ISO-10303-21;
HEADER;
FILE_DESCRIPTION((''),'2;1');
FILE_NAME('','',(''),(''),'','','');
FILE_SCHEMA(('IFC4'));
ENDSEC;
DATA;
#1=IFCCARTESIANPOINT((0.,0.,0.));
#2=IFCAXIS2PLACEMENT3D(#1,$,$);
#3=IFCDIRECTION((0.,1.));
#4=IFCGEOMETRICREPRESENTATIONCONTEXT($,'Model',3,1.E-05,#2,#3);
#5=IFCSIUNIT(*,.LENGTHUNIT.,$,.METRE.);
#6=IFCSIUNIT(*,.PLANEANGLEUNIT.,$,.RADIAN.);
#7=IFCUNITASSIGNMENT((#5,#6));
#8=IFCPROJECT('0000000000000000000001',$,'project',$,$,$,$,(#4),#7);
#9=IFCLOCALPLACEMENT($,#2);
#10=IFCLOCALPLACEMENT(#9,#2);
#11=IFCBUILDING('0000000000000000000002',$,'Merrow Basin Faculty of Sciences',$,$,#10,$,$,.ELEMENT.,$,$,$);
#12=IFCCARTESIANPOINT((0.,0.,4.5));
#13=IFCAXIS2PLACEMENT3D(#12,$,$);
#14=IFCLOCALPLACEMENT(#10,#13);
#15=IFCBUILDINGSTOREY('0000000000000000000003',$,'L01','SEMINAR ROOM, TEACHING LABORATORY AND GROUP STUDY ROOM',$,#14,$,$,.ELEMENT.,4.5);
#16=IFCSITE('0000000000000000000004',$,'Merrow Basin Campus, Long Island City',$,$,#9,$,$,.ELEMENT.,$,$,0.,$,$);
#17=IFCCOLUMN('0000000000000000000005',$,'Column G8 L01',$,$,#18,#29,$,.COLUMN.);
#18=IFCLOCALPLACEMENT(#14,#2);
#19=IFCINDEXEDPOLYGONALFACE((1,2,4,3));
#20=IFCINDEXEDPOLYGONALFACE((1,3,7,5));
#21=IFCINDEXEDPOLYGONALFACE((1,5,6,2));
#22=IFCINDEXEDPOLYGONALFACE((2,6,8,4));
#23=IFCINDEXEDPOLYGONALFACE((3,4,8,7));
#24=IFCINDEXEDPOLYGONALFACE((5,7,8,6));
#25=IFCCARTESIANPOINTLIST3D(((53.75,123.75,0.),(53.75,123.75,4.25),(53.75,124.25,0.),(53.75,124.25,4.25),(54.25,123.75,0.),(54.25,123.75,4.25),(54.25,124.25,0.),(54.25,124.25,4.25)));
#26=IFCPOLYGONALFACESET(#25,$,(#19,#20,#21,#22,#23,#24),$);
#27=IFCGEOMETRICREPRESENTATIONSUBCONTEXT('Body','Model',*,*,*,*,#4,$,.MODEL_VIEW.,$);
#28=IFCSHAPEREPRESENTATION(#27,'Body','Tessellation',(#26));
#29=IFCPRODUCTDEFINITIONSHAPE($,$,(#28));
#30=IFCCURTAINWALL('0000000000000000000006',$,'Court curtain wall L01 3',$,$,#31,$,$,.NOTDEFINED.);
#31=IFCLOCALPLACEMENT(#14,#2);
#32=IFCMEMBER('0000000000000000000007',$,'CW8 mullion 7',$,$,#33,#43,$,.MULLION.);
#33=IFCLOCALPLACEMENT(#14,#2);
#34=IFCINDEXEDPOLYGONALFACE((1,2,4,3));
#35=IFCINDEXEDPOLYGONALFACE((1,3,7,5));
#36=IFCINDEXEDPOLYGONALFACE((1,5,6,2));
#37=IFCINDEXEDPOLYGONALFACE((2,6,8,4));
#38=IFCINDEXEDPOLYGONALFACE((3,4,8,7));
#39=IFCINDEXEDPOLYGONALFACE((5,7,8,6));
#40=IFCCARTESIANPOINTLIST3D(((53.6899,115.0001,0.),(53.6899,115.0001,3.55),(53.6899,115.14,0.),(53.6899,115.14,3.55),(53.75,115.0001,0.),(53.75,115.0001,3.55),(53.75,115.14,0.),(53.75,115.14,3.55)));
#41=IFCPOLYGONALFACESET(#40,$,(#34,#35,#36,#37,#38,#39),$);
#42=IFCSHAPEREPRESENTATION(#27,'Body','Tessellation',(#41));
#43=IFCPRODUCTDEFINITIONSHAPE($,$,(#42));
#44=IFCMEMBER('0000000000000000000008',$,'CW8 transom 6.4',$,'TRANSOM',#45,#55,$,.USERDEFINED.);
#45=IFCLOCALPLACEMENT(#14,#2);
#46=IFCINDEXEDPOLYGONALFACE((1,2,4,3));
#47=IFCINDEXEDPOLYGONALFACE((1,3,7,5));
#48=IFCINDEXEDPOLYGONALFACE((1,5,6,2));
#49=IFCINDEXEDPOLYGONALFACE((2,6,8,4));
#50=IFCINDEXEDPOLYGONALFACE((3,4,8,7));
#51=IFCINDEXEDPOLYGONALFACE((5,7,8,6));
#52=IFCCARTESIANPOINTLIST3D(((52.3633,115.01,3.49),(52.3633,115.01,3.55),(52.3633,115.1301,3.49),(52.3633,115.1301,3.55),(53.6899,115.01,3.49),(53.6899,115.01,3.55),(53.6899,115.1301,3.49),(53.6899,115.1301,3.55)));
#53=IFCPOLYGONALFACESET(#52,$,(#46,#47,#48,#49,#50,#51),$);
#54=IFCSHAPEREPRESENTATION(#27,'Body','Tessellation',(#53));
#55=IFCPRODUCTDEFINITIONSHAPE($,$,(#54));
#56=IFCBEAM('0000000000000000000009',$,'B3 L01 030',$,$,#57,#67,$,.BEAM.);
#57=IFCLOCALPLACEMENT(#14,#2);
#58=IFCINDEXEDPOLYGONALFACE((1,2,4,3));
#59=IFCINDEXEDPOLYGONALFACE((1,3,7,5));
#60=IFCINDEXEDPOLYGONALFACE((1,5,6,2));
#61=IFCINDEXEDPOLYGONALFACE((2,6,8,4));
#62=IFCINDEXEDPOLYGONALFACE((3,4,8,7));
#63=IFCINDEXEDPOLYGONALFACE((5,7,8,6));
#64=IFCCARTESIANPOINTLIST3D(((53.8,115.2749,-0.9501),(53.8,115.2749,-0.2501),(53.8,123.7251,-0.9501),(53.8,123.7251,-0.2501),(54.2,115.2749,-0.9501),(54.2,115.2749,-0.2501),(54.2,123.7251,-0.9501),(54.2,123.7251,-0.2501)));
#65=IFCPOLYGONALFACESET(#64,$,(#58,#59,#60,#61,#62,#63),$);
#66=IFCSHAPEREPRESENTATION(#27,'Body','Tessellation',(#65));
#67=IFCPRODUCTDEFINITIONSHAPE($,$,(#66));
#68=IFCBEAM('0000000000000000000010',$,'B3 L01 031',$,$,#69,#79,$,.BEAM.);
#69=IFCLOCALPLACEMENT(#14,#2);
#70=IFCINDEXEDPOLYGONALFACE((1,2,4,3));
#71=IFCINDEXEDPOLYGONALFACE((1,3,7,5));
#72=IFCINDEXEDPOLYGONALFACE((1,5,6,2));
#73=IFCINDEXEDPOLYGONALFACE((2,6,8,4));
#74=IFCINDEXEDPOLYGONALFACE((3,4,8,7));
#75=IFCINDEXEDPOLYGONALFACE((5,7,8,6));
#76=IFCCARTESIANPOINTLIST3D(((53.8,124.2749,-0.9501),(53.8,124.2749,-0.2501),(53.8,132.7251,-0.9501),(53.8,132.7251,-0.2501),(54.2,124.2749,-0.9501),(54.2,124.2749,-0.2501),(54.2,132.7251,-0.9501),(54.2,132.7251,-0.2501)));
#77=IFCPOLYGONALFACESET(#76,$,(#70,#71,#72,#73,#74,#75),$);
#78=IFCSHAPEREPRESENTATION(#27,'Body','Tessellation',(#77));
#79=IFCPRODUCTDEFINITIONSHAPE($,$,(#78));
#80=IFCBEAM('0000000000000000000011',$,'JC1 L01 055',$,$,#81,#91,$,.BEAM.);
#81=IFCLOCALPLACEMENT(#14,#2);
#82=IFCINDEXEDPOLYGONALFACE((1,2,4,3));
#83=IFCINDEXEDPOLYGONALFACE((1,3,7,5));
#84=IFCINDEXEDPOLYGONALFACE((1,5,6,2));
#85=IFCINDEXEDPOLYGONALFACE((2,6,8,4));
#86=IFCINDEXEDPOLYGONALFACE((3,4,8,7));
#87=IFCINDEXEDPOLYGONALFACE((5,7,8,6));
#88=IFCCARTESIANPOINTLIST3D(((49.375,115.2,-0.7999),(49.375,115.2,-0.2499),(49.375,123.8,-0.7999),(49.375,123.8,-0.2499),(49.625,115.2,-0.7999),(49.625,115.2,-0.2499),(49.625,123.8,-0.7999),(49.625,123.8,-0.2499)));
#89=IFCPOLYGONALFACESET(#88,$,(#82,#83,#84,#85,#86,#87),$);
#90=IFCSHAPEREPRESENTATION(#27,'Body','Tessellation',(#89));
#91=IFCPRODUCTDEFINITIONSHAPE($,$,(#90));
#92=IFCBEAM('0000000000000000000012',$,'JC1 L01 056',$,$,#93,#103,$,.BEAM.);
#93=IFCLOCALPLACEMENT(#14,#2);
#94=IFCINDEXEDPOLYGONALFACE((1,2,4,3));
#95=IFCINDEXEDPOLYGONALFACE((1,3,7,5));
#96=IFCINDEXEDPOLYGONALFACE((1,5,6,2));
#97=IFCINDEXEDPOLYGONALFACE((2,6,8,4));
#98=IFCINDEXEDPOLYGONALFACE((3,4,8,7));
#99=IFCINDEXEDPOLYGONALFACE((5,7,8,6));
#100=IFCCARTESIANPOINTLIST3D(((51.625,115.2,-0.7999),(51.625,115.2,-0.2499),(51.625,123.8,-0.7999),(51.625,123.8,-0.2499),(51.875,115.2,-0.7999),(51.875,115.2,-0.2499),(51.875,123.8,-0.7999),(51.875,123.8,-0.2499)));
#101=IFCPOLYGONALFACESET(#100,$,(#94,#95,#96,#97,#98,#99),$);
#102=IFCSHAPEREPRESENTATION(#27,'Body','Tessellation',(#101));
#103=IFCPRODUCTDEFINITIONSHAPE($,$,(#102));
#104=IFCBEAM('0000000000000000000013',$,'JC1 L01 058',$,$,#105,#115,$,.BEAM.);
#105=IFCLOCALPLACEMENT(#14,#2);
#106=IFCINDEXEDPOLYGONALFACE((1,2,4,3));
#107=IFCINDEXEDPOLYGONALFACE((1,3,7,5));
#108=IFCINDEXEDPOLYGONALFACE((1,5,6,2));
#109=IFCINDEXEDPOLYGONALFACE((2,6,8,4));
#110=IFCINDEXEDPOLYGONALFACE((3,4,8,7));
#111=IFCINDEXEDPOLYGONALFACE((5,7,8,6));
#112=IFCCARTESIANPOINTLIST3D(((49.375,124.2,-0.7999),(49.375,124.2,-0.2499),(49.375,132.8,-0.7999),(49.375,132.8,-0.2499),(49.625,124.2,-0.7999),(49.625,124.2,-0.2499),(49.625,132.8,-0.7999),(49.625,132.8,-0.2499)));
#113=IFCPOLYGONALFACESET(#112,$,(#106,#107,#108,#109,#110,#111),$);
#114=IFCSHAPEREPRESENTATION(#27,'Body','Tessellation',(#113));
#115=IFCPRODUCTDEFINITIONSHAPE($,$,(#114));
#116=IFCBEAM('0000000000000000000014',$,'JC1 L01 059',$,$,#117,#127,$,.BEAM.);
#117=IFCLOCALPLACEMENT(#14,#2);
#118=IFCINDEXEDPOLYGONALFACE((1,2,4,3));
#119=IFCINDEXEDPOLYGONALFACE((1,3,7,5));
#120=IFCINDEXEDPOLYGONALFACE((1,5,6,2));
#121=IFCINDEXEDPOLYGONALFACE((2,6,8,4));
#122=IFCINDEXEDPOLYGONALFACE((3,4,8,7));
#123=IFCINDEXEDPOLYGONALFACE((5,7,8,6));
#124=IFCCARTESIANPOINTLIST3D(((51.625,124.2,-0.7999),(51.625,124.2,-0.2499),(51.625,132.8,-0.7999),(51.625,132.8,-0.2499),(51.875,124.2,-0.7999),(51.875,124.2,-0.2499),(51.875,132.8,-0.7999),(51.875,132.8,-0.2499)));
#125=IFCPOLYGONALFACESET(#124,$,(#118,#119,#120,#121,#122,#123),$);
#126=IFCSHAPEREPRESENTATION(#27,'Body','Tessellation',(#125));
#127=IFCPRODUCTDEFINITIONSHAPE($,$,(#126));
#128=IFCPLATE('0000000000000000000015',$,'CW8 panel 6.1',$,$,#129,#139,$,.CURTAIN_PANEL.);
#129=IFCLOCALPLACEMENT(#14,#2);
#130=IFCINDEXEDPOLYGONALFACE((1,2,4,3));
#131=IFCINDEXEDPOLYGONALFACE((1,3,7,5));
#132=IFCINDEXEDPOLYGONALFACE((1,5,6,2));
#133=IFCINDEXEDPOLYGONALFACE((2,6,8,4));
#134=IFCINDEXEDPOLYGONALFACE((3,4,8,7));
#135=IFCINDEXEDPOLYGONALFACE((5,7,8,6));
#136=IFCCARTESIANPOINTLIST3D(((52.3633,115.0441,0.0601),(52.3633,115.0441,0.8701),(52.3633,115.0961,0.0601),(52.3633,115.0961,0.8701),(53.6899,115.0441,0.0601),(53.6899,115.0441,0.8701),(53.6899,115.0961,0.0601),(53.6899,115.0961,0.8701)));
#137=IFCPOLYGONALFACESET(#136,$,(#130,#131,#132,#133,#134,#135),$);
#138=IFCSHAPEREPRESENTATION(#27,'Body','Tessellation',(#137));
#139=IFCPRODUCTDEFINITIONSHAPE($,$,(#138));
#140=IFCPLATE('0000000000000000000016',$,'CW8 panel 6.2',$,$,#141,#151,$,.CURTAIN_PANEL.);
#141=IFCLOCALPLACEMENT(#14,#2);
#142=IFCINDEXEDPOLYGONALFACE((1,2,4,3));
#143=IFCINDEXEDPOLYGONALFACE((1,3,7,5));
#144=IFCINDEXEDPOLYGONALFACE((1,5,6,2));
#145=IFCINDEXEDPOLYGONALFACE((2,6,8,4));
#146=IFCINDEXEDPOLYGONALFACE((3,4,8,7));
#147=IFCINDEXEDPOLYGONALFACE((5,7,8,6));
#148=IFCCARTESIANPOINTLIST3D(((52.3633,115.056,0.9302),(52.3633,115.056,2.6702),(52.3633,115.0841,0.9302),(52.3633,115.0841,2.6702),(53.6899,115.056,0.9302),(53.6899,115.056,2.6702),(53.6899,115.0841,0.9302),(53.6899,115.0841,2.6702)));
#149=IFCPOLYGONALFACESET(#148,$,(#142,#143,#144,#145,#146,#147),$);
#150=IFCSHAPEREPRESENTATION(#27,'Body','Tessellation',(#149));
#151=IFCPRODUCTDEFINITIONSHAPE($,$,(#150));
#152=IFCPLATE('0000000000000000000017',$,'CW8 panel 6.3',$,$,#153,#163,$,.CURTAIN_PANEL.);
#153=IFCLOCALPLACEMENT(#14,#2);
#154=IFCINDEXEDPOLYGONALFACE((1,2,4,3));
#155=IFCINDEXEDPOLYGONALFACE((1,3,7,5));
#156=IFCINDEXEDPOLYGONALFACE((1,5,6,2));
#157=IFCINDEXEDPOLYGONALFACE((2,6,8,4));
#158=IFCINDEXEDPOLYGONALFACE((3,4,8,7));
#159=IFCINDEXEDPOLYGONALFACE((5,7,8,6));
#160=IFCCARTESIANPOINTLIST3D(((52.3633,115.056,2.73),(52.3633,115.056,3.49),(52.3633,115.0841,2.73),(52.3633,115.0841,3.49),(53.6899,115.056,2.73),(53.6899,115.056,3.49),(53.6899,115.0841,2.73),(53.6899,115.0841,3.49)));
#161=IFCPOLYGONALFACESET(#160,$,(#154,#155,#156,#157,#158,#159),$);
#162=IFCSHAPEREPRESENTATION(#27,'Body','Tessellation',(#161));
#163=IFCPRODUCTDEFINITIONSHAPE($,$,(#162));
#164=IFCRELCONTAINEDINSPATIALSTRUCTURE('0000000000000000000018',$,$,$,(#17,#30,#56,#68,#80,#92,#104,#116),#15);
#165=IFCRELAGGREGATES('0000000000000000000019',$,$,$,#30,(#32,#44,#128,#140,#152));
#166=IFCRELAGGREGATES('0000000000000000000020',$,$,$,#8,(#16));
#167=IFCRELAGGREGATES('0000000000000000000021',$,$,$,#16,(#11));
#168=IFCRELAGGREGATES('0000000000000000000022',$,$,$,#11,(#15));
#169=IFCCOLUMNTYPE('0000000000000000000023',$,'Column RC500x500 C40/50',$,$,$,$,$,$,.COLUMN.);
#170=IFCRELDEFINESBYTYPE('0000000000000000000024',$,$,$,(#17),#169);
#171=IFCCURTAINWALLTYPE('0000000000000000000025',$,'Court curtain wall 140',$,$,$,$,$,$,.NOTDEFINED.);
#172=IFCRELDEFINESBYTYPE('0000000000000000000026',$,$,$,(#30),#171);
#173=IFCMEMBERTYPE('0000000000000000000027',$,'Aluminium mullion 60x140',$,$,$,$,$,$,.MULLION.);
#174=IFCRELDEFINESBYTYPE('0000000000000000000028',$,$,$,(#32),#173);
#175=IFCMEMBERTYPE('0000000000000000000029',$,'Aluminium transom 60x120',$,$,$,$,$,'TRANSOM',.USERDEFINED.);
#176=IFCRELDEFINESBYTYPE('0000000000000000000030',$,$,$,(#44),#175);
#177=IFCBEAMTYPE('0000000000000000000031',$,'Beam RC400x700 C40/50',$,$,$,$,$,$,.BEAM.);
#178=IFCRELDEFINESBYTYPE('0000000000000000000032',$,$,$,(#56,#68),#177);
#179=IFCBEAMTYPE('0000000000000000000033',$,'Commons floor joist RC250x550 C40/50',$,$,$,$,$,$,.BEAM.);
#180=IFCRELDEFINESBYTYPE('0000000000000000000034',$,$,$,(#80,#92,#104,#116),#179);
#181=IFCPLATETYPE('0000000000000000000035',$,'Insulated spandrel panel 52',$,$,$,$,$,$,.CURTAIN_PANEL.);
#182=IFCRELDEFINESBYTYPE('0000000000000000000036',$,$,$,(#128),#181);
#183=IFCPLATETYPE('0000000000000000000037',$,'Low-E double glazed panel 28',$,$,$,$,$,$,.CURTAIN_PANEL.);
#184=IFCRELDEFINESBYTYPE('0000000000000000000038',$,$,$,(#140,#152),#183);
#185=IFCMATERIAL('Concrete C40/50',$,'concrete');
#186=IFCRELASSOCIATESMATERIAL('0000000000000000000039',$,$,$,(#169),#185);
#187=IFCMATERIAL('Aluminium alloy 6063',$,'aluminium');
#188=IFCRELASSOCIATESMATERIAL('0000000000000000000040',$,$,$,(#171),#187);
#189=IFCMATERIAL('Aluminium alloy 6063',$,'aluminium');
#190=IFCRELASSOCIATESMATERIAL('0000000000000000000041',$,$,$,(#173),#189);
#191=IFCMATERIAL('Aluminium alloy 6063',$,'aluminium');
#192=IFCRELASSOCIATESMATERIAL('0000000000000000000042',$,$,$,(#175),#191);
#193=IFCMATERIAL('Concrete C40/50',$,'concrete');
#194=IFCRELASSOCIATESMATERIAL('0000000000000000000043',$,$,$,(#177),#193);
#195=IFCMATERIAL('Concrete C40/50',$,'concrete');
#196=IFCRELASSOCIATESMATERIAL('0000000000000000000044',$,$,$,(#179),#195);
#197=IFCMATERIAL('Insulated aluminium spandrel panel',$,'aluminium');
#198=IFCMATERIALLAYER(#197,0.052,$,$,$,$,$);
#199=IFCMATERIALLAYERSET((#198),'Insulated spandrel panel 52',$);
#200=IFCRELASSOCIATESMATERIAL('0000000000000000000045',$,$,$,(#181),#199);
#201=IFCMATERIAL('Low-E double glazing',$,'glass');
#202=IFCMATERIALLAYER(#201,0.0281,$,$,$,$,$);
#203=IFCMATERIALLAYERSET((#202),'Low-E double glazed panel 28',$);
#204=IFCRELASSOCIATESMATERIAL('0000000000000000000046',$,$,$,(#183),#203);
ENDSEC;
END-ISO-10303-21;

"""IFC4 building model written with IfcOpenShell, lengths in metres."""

from ifc_helpers import new_model, si_unit, direction, frame, origin, origin_2d, place, context, subcontext, project, spatial, rectangle, extrude, material, layer, layer_set, material_profile, profile_set, type_object, element, aggregate, save


model = new_model("IFC4")

# Units and contexts
model_context = context("Model", 3, precision=1e-05, world=origin(), true_north=direction((0.0, 1.0)))
body_context = subcontext(model_context, "Body", "Model", "MODEL_VIEW")
ifc_project = project(units=[si_unit("LENGTHUNIT", "METRE"), si_unit("PLANEANGLEUNIT", "RADIAN")], contexts=[model_context])

# Site, building, storey
site_placement = place(None, origin())
site = spatial("IfcSite", under=ifc_project, at=site_placement, Name="Merrow Basin Campus, Long Island City", CompositionType="ELEMENT", RefElevation=0.0)
building_placement = place(site_placement, origin())
building = spatial("IfcBuilding", under=site, at=building_placement, Name="Merrow Basin Faculty of Sciences", CompositionType="ELEMENT")
storey_placement = place(building_placement, frame((0.0, 0.0, 4.5)))
storey = spatial("IfcBuildingStorey", under=building, at=storey_placement, Name="L01", Description="SEMINAR ROOM, TEACHING LABORATORY AND GROUP STUDY ROOM", CompositionType="ELEMENT", Elevation=4.5)

# Column
ifc_material_1 = material(Name="Concrete C40/50", Category="concrete")
ifc_material_profile_1 = material_profile(ifc_material_1, rectangle(XDim=0.5, YDim=0.5, at=origin_2d()))
ifc_profile_set_1 = profile_set([ifc_material_profile_1], Name="Concrete C40/50")
column_type = type_object("IfcColumnType", Name="Column RC500x500 C40/50", PredefinedType="COLUMN", material=ifc_profile_set_1)
column_placement = place(storey_placement, frame((54.0, 124.0, 0.0), z_axis=(0.0, 0.0, 1.0), x_axis=(1.0, 0.0, 0.0)))
element("IfcColumn", 1, at=column_placement, inside=storey, type_object=column_type, Name="Column G8 L01", PredefinedType="COLUMN", context=body_context, shape_type="SweptSolid", body=[
    extrude(rectangle(XDim=0.5, YDim=0.5, at=origin_2d()), origin(), (0.0, 0.0, 1.0), 4.25),
])

# Curtain wall, members
ifc_material_2 = material(Name="Aluminium alloy 6063", Category="aluminium")
curtain_wall_type = type_object("IfcCurtainWallType", Name="Court curtain wall 140", PredefinedType="NOTDEFINED", material=ifc_material_2)
curtain_wall_placement = place(storey_placement, origin())
curtain_wall = element("IfcCurtainWall", 2, at=curtain_wall_placement, inside=storey, type_object=curtain_wall_type, Name="Court curtain wall L01 3", PredefinedType="NOTDEFINED")
ifc_material_3 = material(Name="Aluminium alloy 6063", Category="aluminium")
ifc_material_profile_2 = material_profile(ifc_material_3, rectangle(XDim=0.1399, YDim=0.0601, at=origin_2d()))
ifc_profile_set_2 = profile_set([ifc_material_profile_2], Name="Aluminium alloy 6063")
member_type_1 = type_object("IfcMemberType", Name="Aluminium mullion 60x140", PredefinedType="MULLION", material=ifc_profile_set_2)
member_1_placement = place(storey_placement, frame((53.72, 115.0701, 0.0), z_axis=(0.0, 0.0, 1.0), x_axis=(0.0, 1.0, 0.0)))
member_1 = element("IfcMember", 3, at=member_1_placement, type_object=member_type_1, Name="CW8 mullion 7", PredefinedType="MULLION", context=body_context, shape_type="SweptSolid", body=[
    extrude(rectangle(XDim=0.1399, YDim=0.0601, at=origin_2d()), origin(), (0.0, 0.0, 1.0), 3.55),
])
ifc_material_4 = material(Name="Aluminium alloy 6063", Category="aluminium")
ifc_material_profile_3 = material_profile(ifc_material_4, rectangle(XDim=0.1201, YDim=0.0601, at=origin_2d()))
ifc_profile_set_3 = profile_set([ifc_material_profile_3], Name="Aluminium alloy 6063")
member_type_2 = type_object("IfcMemberType", Name="Aluminium transom 60x120", ElementType="TRANSOM", PredefinedType="USERDEFINED", material=ifc_profile_set_3)
member_2_placement = place(storey_placement, frame((52.3633, 115.0701, 3.52), z_axis=(1.0, 0.0, 0.0), x_axis=(0.0, 1.0, 0.0)))
member_2 = element("IfcMember", 4, at=member_2_placement, type_object=member_type_2, Name="CW8 transom 6.4", ObjectType="TRANSOM", PredefinedType="USERDEFINED", context=body_context, shape_type="SweptSolid", body=[
    extrude(rectangle(XDim=0.1201, YDim=0.0601, at=origin_2d()), origin(), (0.0, 0.0, 1.0), 1.3267),
])

# Beams
ifc_material_5 = material(Name="Concrete C40/50", Category="concrete")
ifc_material_profile_4 = material_profile(ifc_material_5, rectangle(XDim=0.3999, YDim=0.7, at=origin_2d()))
ifc_profile_set_4 = profile_set([ifc_material_profile_4], Name="Concrete C40/50")
beam_type_1 = type_object("IfcBeamType", Name="Beam RC400x700 C40/50", PredefinedType="BEAM", material=ifc_profile_set_4)
for number, where, z_axis, x_axis, name in (
    (5, (54.0, 115.2749, -0.6001), (0.0, 1.0, 0.0), (-1.0, 0.0, 0.0), "B3 L01 030"),
    (6, (54.0, 124.2749, -0.6001), (0.0, 1.0, 0.0), (-1.0, 0.0, 0.0), "B3 L01 031"),
):
    element("IfcBeam", number, at=place(storey_placement, frame(where, z_axis=z_axis, x_axis=x_axis)), inside=storey, type_object=beam_type_1, Name=name, PredefinedType="BEAM", context=body_context, shape_type="SweptSolid", body=[
        extrude(rectangle(XDim=0.3999, YDim=0.7, at=origin_2d()), origin(), (0.0, 0.0, 1.0), 8.4502),
    ])
ifc_material_6 = material(Name="Concrete C40/50", Category="concrete")
ifc_material_profile_5 = material_profile(ifc_material_6, rectangle(XDim=0.25, YDim=0.55, at=origin_2d()))
ifc_profile_set_5 = profile_set([ifc_material_profile_5], Name="Concrete C40/50")
beam_type_2 = type_object("IfcBeamType", Name="Commons floor joist RC250x550 C40/50", PredefinedType="BEAM", material=ifc_profile_set_5)
for number, where, z_axis, x_axis, name in (
    (7, (49.5, 115.2, -0.5249), (0.0, 1.0, 0.0), (-1.0, 0.0, 0.0), "JC1 L01 055"),
    (8, (51.75, 115.2, -0.5249), (0.0, 1.0, 0.0), (-1.0, 0.0, 0.0), "JC1 L01 056"),
    (9, (49.5, 124.2, -0.5249), (0.0, 1.0, 0.0), (-1.0, 0.0, 0.0), "JC1 L01 058"),
    (10, (51.75, 124.2, -0.5249), (0.0, 1.0, 0.0), (-1.0, 0.0, 0.0), "JC1 L01 059"),
):
    element("IfcBeam", number, at=place(storey_placement, frame(where, z_axis=z_axis, x_axis=x_axis)), inside=storey, type_object=beam_type_2, Name=name, PredefinedType="BEAM", context=body_context, shape_type="SweptSolid", body=[
        extrude(rectangle(XDim=0.25, YDim=0.55, at=origin_2d()), origin(), (0.0, 0.0, 1.0), 8.6001),
    ])

# Plates
ifc_material_7 = material(Name="Insulated aluminium spandrel panel", Category="aluminium")
ifc_layer_1 = layer(ifc_material_7, 0.052)
ifc_layer_set_1 = layer_set([ifc_layer_1], Name="Insulated spandrel panel 52")
plate_type_1 = type_object("IfcPlateType", Name="Insulated spandrel panel 52", PredefinedType="CURTAIN_PANEL", material=ifc_layer_set_1)
plate_1_placement = place(storey_placement, frame((53.0266, 115.0701, 0.0601), z_axis=(0.0, 0.0, 1.0), x_axis=(1.0, 0.0, 0.0)))
plate_1 = element("IfcPlate", 11, at=plate_1_placement, type_object=plate_type_1, Name="CW8 panel 6.1", PredefinedType="CURTAIN_PANEL", context=body_context, shape_type="SweptSolid", body=[
    extrude(rectangle(XDim=1.3267, YDim=0.052, at=origin_2d()), origin(), (0.0, 0.0, 1.0), 0.8101),
])
ifc_material_8 = material(Name="Low-E double glazing", Category="glass")
ifc_layer_2 = layer(ifc_material_8, 0.0281)
ifc_layer_set_2 = layer_set([ifc_layer_2], Name="Low-E double glazed panel 28")
plate_type_2 = type_object("IfcPlateType", Name="Low-E double glazed panel 28", PredefinedType="CURTAIN_PANEL", material=ifc_layer_set_2)
plate_2_placement = place(storey_placement, frame((53.0266, 115.0701, 0.9302), z_axis=(0.0, 0.0, 1.0), x_axis=(1.0, 0.0, 0.0)))
plate_2 = element("IfcPlate", 12, at=plate_2_placement, type_object=plate_type_2, Name="CW8 panel 6.2", PredefinedType="CURTAIN_PANEL", context=body_context, shape_type="SweptSolid", body=[
    extrude(rectangle(XDim=1.3267, YDim=0.0281, at=origin_2d()), origin(), (0.0, 0.0, 1.0), 1.74),
])
plate_3_placement = place(storey_placement, frame((53.0266, 115.0701, 2.73), z_axis=(0.0, 0.0, 1.0), x_axis=(1.0, 0.0, 0.0)))
plate_3 = element("IfcPlate", 13, at=plate_3_placement, type_object=plate_type_2, Name="CW8 panel 6.3", PredefinedType="CURTAIN_PANEL", context=body_context, shape_type="SweptSolid", body=[
    extrude(rectangle(XDim=1.3267, YDim=0.0281, at=origin_2d()), origin(), (0.0, 0.0, 1.0), 0.76),
])
aggregate(curtain_wall, [member_1, member_2, plate_1, plate_2, plate_3])

save(model, "model.ifc")
